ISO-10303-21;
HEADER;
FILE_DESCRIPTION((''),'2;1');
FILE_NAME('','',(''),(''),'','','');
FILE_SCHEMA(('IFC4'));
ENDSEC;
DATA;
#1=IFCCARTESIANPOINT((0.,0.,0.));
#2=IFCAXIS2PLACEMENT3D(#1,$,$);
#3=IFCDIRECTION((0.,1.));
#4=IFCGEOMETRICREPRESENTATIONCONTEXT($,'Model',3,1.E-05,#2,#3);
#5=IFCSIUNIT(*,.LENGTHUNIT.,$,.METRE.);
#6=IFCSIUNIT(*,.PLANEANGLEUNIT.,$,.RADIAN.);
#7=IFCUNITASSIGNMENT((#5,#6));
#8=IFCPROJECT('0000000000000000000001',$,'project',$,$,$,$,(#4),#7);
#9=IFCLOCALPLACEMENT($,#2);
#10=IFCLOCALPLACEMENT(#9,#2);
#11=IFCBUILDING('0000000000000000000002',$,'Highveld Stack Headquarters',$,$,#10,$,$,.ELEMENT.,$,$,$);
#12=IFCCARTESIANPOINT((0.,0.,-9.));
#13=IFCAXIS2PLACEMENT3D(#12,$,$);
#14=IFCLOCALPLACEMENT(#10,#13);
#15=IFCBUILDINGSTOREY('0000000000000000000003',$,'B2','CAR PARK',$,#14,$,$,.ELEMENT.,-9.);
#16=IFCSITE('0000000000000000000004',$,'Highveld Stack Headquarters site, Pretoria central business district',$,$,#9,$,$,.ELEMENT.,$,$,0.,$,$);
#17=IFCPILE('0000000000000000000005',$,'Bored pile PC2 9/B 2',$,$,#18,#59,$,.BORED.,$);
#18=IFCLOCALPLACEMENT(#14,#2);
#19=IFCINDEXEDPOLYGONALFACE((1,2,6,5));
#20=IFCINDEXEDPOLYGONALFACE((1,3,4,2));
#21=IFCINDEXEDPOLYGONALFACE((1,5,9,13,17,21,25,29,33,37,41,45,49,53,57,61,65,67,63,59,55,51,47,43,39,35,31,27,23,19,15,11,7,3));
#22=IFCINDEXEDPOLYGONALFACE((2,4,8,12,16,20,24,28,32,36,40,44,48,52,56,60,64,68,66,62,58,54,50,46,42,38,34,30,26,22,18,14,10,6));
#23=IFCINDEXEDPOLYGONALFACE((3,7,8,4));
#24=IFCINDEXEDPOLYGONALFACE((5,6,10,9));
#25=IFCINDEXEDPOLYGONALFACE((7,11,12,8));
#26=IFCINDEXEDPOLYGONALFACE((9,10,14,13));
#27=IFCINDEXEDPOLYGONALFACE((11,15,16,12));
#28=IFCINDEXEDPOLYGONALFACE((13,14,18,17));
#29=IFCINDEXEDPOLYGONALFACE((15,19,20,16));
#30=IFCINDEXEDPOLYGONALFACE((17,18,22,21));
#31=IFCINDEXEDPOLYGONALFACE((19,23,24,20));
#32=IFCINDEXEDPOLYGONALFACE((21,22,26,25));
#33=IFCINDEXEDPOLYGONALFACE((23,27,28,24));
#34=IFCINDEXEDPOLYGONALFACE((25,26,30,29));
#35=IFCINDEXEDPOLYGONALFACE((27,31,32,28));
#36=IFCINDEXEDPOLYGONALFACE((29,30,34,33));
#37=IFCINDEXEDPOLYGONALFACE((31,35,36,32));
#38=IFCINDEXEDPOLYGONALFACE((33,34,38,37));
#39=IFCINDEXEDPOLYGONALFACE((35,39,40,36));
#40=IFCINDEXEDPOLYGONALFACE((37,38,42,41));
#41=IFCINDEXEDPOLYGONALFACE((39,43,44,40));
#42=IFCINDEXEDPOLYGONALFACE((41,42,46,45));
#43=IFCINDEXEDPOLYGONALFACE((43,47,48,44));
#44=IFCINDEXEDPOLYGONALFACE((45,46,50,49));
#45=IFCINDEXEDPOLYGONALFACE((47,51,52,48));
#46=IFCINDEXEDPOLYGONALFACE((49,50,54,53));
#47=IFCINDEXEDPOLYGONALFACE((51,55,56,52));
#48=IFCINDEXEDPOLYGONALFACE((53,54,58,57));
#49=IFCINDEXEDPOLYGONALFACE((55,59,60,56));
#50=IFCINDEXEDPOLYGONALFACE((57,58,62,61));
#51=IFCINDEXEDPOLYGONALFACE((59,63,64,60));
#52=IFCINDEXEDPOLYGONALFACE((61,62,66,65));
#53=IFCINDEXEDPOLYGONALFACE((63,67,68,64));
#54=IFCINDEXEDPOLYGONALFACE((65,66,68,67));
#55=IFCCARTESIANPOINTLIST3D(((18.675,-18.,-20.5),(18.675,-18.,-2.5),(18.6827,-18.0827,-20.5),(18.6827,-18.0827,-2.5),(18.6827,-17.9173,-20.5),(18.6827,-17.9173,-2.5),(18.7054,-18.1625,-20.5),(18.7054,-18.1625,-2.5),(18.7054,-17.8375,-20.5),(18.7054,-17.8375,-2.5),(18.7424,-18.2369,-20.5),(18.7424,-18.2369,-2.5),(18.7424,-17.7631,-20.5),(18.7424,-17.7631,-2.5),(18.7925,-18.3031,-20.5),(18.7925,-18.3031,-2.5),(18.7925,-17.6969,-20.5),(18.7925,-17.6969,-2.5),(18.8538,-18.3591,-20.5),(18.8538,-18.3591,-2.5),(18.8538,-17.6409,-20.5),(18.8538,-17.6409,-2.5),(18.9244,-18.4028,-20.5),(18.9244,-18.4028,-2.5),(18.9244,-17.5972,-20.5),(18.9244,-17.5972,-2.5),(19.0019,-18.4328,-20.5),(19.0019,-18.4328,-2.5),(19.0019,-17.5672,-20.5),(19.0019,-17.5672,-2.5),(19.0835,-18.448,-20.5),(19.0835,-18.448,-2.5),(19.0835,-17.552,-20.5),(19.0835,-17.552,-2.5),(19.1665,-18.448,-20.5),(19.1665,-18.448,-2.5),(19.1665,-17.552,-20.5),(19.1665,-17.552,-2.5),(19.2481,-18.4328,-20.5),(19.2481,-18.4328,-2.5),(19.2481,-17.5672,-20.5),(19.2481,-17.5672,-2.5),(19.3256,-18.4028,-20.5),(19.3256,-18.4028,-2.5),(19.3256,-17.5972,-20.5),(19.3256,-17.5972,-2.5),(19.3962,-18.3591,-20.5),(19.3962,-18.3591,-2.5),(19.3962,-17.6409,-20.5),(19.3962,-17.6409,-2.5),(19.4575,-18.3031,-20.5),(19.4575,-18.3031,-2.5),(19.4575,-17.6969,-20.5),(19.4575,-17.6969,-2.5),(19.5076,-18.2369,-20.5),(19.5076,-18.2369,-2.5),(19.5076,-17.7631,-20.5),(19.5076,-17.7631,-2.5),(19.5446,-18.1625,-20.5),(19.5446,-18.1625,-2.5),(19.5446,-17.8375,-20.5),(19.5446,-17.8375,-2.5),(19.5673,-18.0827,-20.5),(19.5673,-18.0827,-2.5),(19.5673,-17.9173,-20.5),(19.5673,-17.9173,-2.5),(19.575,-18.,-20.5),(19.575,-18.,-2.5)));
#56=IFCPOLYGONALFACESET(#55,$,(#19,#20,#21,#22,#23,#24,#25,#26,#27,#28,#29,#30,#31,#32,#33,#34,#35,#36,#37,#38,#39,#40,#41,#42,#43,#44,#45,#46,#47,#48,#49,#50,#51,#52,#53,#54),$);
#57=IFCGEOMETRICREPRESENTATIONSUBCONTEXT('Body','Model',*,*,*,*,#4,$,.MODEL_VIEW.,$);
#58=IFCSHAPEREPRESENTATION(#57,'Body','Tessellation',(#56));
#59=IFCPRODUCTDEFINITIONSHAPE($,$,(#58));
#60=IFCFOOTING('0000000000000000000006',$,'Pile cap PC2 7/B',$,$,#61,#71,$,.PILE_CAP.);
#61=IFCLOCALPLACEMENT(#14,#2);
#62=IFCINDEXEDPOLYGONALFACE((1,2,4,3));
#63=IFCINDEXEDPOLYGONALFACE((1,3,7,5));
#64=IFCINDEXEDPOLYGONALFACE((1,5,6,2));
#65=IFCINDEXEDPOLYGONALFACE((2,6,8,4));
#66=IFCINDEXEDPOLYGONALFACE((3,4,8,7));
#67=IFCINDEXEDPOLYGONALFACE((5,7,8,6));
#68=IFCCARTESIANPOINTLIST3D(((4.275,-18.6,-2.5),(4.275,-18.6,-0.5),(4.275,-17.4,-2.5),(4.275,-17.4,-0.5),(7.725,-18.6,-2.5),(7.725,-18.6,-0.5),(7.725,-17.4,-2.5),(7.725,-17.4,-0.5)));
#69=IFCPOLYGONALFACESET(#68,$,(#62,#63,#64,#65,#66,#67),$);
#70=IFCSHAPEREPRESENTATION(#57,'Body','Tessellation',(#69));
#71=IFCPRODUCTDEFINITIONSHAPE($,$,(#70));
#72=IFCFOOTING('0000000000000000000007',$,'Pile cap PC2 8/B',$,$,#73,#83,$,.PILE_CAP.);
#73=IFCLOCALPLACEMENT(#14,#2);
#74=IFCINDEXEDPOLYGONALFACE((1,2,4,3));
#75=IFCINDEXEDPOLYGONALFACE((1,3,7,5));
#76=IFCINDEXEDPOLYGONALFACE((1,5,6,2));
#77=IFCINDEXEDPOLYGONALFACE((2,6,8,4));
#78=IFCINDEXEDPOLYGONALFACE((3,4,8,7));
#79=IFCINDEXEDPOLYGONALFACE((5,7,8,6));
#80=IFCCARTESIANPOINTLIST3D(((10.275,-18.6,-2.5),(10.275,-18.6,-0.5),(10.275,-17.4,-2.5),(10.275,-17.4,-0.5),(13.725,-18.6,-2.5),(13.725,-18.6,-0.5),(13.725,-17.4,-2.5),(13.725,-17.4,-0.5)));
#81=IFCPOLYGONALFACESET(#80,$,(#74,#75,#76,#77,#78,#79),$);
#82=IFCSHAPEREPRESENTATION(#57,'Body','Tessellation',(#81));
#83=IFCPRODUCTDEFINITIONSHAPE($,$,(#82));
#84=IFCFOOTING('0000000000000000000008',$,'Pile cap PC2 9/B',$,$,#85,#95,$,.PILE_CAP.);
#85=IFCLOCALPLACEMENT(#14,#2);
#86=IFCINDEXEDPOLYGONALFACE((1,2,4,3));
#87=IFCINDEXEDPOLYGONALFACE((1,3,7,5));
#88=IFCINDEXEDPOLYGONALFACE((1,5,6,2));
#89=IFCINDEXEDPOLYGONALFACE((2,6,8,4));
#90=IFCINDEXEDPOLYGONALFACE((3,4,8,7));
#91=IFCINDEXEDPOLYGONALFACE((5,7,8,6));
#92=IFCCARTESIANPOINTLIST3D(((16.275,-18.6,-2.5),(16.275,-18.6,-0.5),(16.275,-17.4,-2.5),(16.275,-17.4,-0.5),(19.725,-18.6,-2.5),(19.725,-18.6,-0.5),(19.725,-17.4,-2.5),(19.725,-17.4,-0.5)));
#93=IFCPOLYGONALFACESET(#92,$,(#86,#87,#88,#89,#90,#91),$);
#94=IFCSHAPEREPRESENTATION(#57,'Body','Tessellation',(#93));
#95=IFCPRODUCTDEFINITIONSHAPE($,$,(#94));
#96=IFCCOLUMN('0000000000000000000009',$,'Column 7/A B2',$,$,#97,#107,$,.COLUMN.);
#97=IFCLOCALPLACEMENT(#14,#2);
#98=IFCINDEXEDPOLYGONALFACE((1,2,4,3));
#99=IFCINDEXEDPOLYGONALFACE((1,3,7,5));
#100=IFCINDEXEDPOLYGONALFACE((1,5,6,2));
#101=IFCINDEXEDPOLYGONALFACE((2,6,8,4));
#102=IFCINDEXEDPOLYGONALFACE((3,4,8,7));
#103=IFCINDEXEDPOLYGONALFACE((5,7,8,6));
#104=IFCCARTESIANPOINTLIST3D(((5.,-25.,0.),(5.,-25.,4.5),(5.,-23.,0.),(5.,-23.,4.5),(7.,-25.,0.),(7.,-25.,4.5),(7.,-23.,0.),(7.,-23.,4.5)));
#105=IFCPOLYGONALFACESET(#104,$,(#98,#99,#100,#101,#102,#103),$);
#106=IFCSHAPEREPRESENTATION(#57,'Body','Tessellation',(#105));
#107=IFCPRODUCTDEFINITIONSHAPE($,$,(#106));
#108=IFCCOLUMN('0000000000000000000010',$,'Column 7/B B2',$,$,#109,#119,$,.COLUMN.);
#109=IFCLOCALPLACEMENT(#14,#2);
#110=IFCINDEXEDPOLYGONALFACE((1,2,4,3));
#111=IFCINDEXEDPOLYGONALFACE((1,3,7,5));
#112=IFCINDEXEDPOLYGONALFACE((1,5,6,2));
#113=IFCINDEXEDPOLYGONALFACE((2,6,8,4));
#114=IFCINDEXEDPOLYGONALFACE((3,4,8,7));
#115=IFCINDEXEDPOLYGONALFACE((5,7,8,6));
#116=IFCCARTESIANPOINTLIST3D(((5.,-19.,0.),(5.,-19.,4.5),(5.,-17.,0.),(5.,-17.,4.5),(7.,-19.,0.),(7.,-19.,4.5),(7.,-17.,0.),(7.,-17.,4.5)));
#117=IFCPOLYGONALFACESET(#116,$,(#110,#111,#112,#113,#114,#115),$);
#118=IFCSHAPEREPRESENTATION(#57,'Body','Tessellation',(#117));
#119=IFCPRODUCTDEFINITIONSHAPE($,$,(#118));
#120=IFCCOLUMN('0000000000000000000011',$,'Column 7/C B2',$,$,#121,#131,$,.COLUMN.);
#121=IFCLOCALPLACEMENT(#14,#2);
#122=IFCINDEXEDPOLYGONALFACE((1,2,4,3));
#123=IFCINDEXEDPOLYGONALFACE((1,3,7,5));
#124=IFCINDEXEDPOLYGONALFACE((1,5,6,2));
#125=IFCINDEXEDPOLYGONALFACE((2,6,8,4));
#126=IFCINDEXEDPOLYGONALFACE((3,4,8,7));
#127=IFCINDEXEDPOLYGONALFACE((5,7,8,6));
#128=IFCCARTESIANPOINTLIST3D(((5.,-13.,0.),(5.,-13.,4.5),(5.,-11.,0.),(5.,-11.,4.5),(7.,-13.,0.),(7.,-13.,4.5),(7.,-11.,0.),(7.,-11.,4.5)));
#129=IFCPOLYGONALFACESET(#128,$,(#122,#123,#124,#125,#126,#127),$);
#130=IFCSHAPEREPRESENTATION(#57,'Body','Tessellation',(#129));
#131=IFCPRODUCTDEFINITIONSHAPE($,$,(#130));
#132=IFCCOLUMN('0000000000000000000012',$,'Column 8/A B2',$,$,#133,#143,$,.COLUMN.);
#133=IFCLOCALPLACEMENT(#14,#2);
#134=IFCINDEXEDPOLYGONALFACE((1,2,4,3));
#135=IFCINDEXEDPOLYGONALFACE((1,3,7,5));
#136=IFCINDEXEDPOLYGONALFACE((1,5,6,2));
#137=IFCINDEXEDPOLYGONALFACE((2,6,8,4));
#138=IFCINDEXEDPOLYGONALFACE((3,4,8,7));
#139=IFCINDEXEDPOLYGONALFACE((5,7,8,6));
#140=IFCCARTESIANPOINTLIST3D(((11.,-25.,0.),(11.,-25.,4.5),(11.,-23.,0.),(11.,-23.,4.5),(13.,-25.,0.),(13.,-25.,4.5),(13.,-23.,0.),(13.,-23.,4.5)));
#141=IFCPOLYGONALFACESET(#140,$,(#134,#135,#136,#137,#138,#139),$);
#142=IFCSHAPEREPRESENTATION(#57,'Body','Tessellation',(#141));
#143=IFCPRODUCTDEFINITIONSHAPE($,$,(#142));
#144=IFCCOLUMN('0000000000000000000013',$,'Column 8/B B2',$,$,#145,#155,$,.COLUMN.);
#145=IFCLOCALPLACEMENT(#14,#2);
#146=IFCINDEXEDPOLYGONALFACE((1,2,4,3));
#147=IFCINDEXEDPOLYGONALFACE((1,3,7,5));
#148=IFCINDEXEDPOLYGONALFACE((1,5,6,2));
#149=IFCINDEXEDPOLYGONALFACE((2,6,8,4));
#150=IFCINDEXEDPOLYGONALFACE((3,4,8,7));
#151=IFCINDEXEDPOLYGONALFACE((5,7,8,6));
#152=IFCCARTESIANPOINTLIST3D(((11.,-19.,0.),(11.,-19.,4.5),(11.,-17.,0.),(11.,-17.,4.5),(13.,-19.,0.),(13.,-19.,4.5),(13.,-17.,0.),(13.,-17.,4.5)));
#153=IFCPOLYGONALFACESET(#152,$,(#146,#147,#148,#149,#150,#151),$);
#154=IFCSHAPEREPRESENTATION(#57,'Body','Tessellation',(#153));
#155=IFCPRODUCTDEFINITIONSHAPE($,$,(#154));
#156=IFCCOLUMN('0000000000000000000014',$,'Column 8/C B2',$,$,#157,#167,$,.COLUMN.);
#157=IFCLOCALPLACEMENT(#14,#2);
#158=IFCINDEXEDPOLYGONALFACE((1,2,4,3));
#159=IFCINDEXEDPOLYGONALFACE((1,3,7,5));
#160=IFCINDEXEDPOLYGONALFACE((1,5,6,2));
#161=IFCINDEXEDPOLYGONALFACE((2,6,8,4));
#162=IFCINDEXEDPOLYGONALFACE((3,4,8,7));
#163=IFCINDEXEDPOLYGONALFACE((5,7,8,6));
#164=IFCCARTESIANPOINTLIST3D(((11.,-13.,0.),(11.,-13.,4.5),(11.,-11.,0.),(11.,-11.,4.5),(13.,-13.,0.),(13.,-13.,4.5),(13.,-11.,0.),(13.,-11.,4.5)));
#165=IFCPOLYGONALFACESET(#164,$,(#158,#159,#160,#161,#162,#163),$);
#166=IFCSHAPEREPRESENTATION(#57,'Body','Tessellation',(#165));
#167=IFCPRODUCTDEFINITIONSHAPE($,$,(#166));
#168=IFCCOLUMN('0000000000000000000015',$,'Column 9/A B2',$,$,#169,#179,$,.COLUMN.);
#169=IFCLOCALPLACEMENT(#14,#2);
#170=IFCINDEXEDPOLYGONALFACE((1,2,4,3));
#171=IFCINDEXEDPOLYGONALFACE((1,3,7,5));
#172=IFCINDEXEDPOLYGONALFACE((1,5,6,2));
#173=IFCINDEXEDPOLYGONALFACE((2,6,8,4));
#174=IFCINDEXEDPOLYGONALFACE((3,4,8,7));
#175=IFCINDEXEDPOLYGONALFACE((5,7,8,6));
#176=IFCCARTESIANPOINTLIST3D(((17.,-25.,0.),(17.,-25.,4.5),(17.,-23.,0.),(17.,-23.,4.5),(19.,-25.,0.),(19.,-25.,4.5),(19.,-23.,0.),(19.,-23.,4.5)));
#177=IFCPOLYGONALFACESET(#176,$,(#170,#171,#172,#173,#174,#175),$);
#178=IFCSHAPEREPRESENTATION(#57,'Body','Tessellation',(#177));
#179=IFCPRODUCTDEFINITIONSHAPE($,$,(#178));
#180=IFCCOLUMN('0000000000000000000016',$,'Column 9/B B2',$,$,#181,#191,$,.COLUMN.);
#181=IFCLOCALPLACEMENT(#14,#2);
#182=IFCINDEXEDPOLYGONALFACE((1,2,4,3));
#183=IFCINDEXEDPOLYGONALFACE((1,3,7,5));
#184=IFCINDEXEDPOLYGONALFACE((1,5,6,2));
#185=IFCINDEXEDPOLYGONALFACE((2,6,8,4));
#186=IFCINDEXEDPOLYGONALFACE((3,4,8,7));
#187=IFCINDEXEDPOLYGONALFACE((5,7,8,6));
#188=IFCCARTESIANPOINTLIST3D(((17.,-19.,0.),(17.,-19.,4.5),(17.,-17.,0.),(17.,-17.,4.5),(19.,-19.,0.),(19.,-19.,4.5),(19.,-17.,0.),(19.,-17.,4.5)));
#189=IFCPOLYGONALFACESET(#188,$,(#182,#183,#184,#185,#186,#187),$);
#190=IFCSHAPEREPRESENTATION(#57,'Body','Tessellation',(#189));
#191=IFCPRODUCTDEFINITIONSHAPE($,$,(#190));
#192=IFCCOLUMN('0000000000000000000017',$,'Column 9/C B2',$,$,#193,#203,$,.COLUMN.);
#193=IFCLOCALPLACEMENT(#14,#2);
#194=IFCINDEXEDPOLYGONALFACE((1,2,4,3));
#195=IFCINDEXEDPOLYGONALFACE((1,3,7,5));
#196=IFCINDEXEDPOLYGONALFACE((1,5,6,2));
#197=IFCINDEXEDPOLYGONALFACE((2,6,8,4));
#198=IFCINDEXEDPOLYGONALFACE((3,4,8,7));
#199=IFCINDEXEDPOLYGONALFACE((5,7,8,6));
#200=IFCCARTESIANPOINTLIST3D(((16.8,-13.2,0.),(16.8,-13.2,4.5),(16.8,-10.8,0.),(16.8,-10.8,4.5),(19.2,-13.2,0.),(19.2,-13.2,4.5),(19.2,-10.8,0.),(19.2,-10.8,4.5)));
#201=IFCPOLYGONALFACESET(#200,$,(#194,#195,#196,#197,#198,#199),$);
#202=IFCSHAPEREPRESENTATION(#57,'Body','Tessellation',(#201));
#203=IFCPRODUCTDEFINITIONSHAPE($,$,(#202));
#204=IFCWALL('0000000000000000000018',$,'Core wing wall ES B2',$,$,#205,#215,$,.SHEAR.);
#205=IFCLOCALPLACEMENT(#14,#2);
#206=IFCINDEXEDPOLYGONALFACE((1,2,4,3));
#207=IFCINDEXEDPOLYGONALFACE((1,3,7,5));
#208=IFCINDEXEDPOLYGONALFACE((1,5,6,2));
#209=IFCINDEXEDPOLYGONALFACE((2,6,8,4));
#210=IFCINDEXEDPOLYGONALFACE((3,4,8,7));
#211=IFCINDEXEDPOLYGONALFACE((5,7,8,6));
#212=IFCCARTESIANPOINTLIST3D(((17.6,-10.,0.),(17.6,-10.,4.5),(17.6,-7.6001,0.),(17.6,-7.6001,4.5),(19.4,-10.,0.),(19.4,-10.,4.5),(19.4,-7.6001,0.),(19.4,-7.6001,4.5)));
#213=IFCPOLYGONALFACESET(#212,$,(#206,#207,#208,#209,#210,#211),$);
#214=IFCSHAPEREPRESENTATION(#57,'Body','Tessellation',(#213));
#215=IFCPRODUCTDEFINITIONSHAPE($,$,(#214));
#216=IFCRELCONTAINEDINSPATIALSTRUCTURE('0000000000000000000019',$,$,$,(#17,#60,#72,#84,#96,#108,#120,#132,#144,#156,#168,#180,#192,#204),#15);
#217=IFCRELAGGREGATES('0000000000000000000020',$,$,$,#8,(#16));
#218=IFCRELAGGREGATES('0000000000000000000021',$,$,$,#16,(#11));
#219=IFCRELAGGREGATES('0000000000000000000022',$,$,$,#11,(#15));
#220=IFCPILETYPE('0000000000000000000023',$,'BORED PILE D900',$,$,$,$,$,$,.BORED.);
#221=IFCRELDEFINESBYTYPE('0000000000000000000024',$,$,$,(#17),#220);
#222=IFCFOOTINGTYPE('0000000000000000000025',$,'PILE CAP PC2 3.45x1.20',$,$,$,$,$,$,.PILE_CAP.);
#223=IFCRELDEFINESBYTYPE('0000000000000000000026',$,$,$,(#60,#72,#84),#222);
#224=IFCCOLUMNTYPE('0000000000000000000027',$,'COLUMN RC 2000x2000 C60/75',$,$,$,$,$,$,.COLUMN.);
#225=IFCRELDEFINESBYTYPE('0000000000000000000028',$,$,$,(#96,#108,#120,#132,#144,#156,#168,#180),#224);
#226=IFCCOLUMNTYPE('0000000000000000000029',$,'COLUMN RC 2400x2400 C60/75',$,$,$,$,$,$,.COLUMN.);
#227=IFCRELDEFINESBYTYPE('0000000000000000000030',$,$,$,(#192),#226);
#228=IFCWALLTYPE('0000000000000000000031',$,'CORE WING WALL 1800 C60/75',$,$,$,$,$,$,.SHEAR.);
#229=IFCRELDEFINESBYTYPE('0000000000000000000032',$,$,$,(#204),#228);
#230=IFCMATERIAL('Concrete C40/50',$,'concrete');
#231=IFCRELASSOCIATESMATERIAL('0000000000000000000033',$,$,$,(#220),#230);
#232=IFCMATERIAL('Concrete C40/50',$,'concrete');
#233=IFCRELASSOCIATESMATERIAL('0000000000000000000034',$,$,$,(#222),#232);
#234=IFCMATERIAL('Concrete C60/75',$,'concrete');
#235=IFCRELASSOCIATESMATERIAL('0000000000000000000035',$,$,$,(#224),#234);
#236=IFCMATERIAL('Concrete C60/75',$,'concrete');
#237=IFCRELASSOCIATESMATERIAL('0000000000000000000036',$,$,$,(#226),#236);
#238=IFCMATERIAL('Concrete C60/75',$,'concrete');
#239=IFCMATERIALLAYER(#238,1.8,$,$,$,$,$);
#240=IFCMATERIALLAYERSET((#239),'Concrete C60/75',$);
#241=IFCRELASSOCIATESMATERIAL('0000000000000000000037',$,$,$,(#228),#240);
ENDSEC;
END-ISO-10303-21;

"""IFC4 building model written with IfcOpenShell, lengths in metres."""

from ifc_helpers import new_model, si_unit, direction, frame, frame_2d, origin, origin_2d, place, context, subcontext, project, spatial, rectangle, circle, extrude, material, layer, layer_set, material_profile, profile_set, type_object, element, save


model = new_model("IFC4")

# Units and contexts
model_context = context("Model", 3, precision=1e-05, world=origin(), true_north=direction((0.0, 1.0)))
body_context = subcontext(model_context, "Body", "Model", "MODEL_VIEW")
ifc_project = project(units=[si_unit("LENGTHUNIT", "METRE"), si_unit("PLANEANGLEUNIT", "RADIAN")], contexts=[model_context])

# Site, building, storey
site_placement = place(None, origin())
site = spatial("IfcSite", under=ifc_project, at=site_placement, Name="Highveld Stack Headquarters site, Pretoria central business district", CompositionType="ELEMENT", RefElevation=0.0)
building_placement = place(site_placement, origin())
building = spatial("IfcBuilding", under=site, at=building_placement, Name="Highveld Stack Headquarters", CompositionType="ELEMENT")
storey_placement = place(building_placement, frame((0.0, 0.0, -9.0)))
storey = spatial("IfcBuildingStorey", under=building, at=storey_placement, Name="B2", Description="CAR PARK", CompositionType="ELEMENT", Elevation=-9.0)

# Pile
ifc_material_1 = material(Name="Concrete C40/50", Category="concrete")
pile_type_1 = type_object("IfcPileType", Name="BORED PILE D900", PredefinedType="BORED", material=ifc_material_1)
for number, where, z_axis, x_axis, name in (
    (1, (19.125, -18.0, -2.5), (0.0, 0.0, -1.0), (1.0, 0.0, 0.0), "Bored pile PC2 9/B 2"),
):
    element("IfcPile", number, at=place(storey_placement, frame(where, z_axis=z_axis, x_axis=x_axis)), inside=storey, type_object=pile_type_1, Name=name, PredefinedType="BORED", context=body_context, shape_type="SweptSolid", body=[
        extrude(circle(Radius=0.45, at=origin_2d()), origin(), (0.0, 0.0, 1.0), 18.0),
    ])

# Footings
ifc_material_2 = material(Name="Concrete C40/50", Category="concrete")
footing_type = type_object("IfcFootingType", Name="PILE CAP PC2 3.45x1.20", PredefinedType="PILE_CAP", material=ifc_material_2)
for number, where, z_axis, x_axis, name in (
    (2, (6.0, -18.0, -2.5), (0.0, 0.0, 1.0), (1.0, 0.0, 0.0), "Pile cap PC2 7/B"),
    (3, (12.0, -18.0, -2.5), (0.0, 0.0, 1.0), (1.0, 0.0, 0.0), "Pile cap PC2 8/B"),
    (4, (18.0, -18.0, -2.5), (0.0, 0.0, 1.0), (1.0, 0.0, 0.0), "Pile cap PC2 9/B"),
):
    element("IfcFooting", number, at=place(storey_placement, frame(where, z_axis=z_axis, x_axis=x_axis)), inside=storey, type_object=footing_type, Name=name, PredefinedType="PILE_CAP", context=body_context, shape_type="SweptSolid", body=[
        extrude(rectangle(XDim=3.45, YDim=1.2, at=origin_2d()), origin(), (0.0, 0.0, 1.0), 2.0),
    ])

# Columns
ifc_material_3 = material(Name="Concrete C60/75", Category="concrete")
ifc_material_profile_1 = material_profile(ifc_material_3, rectangle(XDim=2.0, YDim=2.0, at=origin_2d()), Name="RC 2000x2000")
ifc_profile_set_1 = profile_set([ifc_material_profile_1], Name="Concrete C60/75")
column_type_1 = type_object("IfcColumnType", Name="COLUMN RC 2000x2000 C60/75", PredefinedType="COLUMN", material=ifc_profile_set_1)
for number, where, z_axis, x_axis, name in (
    (5, (6.0, -24.0, 0.0), (0.0, 0.0, 1.0), (1.0, 0.0, 0.0), "Column 7/A B2"),
    (6, (6.0, -18.0, 0.0), (0.0, 0.0, 1.0), (1.0, 0.0, 0.0), "Column 7/B B2"),
    (7, (6.0, -12.0, 0.0), (0.0, 0.0, 1.0), (1.0, 0.0, 0.0), "Column 7/C B2"),
    (8, (12.0, -24.0, 0.0), (0.0, 0.0, 1.0), (1.0, 0.0, 0.0), "Column 8/A B2"),
    (9, (12.0, -18.0, 0.0), (0.0, 0.0, 1.0), (1.0, 0.0, 0.0), "Column 8/B B2"),
    (10, (12.0, -12.0, 0.0), (0.0, 0.0, 1.0), (1.0, 0.0, 0.0), "Column 8/C B2"),
    (11, (18.0, -24.0, 0.0), (0.0, 0.0, 1.0), (1.0, 0.0, 0.0), "Column 9/A B2"),
    (12, (18.0, -18.0, 0.0), (0.0, 0.0, 1.0), (1.0, 0.0, 0.0), "Column 9/B B2"),
):
    element("IfcColumn", number, at=place(storey_placement, frame(where, z_axis=z_axis, x_axis=x_axis)), inside=storey, type_object=column_type_1, Name=name, PredefinedType="COLUMN", context=body_context, shape_type="SweptSolid", body=[
        extrude(rectangle(XDim=2.0, YDim=2.0, at=origin_2d()), origin(), (0.0, 0.0, 1.0), 4.5),
    ])
ifc_material_4 = material(Name="Concrete C60/75", Category="concrete")
ifc_material_profile_2 = material_profile(ifc_material_4, rectangle(XDim=2.3999, YDim=2.3999, at=origin_2d()), Name="RC 2400x2400")
ifc_profile_set_2 = profile_set([ifc_material_profile_2], Name="Concrete C60/75")
column_type_2 = type_object("IfcColumnType", Name="COLUMN RC 2400x2400 C60/75", PredefinedType="COLUMN", material=ifc_profile_set_2)
column_placement = place(storey_placement, frame((18.0, -12.0, 0.0), z_axis=(0.0, 0.0, 1.0), x_axis=(1.0, 0.0, 0.0)))
element("IfcColumn", 13, at=column_placement, inside=storey, type_object=column_type_2, Name="Column 9/C B2", PredefinedType="COLUMN", context=body_context, shape_type="SweptSolid", body=[
    extrude(rectangle(XDim=2.3999, YDim=2.3999, at=origin_2d()), origin(), (0.0, 0.0, 1.0), 4.5),
])

# Wall
ifc_material_5 = material(Name="Concrete C60/75", Category="concrete")
ifc_layer = layer(ifc_material_5, 1.8)
ifc_layer_set = layer_set([ifc_layer], Name="Concrete C60/75")
wall_type = type_object("IfcWallType", Name="CORE WING WALL 1800 C60/75", PredefinedType="SHEAR", material=ifc_layer_set)
wall_placement = place(storey_placement, frame((18.5, -10.0, 0.0), z_axis=(0.0, 0.0, 1.0), x_axis=(0.0, 1.0, 0.0)))
element("IfcWall", 14, at=wall_placement, inside=storey, type_object=wall_type, Name="Core wing wall ES B2", PredefinedType="SHEAR", context=body_context, shape_type="SweptSolid", body=[
    extrude(rectangle(XDim=2.3999, YDim=1.8, at=frame_2d((1.2, 0.0))), origin(), (0.0, 0.0, 1.0), 4.5),
])

save(model, "model.ifc")
